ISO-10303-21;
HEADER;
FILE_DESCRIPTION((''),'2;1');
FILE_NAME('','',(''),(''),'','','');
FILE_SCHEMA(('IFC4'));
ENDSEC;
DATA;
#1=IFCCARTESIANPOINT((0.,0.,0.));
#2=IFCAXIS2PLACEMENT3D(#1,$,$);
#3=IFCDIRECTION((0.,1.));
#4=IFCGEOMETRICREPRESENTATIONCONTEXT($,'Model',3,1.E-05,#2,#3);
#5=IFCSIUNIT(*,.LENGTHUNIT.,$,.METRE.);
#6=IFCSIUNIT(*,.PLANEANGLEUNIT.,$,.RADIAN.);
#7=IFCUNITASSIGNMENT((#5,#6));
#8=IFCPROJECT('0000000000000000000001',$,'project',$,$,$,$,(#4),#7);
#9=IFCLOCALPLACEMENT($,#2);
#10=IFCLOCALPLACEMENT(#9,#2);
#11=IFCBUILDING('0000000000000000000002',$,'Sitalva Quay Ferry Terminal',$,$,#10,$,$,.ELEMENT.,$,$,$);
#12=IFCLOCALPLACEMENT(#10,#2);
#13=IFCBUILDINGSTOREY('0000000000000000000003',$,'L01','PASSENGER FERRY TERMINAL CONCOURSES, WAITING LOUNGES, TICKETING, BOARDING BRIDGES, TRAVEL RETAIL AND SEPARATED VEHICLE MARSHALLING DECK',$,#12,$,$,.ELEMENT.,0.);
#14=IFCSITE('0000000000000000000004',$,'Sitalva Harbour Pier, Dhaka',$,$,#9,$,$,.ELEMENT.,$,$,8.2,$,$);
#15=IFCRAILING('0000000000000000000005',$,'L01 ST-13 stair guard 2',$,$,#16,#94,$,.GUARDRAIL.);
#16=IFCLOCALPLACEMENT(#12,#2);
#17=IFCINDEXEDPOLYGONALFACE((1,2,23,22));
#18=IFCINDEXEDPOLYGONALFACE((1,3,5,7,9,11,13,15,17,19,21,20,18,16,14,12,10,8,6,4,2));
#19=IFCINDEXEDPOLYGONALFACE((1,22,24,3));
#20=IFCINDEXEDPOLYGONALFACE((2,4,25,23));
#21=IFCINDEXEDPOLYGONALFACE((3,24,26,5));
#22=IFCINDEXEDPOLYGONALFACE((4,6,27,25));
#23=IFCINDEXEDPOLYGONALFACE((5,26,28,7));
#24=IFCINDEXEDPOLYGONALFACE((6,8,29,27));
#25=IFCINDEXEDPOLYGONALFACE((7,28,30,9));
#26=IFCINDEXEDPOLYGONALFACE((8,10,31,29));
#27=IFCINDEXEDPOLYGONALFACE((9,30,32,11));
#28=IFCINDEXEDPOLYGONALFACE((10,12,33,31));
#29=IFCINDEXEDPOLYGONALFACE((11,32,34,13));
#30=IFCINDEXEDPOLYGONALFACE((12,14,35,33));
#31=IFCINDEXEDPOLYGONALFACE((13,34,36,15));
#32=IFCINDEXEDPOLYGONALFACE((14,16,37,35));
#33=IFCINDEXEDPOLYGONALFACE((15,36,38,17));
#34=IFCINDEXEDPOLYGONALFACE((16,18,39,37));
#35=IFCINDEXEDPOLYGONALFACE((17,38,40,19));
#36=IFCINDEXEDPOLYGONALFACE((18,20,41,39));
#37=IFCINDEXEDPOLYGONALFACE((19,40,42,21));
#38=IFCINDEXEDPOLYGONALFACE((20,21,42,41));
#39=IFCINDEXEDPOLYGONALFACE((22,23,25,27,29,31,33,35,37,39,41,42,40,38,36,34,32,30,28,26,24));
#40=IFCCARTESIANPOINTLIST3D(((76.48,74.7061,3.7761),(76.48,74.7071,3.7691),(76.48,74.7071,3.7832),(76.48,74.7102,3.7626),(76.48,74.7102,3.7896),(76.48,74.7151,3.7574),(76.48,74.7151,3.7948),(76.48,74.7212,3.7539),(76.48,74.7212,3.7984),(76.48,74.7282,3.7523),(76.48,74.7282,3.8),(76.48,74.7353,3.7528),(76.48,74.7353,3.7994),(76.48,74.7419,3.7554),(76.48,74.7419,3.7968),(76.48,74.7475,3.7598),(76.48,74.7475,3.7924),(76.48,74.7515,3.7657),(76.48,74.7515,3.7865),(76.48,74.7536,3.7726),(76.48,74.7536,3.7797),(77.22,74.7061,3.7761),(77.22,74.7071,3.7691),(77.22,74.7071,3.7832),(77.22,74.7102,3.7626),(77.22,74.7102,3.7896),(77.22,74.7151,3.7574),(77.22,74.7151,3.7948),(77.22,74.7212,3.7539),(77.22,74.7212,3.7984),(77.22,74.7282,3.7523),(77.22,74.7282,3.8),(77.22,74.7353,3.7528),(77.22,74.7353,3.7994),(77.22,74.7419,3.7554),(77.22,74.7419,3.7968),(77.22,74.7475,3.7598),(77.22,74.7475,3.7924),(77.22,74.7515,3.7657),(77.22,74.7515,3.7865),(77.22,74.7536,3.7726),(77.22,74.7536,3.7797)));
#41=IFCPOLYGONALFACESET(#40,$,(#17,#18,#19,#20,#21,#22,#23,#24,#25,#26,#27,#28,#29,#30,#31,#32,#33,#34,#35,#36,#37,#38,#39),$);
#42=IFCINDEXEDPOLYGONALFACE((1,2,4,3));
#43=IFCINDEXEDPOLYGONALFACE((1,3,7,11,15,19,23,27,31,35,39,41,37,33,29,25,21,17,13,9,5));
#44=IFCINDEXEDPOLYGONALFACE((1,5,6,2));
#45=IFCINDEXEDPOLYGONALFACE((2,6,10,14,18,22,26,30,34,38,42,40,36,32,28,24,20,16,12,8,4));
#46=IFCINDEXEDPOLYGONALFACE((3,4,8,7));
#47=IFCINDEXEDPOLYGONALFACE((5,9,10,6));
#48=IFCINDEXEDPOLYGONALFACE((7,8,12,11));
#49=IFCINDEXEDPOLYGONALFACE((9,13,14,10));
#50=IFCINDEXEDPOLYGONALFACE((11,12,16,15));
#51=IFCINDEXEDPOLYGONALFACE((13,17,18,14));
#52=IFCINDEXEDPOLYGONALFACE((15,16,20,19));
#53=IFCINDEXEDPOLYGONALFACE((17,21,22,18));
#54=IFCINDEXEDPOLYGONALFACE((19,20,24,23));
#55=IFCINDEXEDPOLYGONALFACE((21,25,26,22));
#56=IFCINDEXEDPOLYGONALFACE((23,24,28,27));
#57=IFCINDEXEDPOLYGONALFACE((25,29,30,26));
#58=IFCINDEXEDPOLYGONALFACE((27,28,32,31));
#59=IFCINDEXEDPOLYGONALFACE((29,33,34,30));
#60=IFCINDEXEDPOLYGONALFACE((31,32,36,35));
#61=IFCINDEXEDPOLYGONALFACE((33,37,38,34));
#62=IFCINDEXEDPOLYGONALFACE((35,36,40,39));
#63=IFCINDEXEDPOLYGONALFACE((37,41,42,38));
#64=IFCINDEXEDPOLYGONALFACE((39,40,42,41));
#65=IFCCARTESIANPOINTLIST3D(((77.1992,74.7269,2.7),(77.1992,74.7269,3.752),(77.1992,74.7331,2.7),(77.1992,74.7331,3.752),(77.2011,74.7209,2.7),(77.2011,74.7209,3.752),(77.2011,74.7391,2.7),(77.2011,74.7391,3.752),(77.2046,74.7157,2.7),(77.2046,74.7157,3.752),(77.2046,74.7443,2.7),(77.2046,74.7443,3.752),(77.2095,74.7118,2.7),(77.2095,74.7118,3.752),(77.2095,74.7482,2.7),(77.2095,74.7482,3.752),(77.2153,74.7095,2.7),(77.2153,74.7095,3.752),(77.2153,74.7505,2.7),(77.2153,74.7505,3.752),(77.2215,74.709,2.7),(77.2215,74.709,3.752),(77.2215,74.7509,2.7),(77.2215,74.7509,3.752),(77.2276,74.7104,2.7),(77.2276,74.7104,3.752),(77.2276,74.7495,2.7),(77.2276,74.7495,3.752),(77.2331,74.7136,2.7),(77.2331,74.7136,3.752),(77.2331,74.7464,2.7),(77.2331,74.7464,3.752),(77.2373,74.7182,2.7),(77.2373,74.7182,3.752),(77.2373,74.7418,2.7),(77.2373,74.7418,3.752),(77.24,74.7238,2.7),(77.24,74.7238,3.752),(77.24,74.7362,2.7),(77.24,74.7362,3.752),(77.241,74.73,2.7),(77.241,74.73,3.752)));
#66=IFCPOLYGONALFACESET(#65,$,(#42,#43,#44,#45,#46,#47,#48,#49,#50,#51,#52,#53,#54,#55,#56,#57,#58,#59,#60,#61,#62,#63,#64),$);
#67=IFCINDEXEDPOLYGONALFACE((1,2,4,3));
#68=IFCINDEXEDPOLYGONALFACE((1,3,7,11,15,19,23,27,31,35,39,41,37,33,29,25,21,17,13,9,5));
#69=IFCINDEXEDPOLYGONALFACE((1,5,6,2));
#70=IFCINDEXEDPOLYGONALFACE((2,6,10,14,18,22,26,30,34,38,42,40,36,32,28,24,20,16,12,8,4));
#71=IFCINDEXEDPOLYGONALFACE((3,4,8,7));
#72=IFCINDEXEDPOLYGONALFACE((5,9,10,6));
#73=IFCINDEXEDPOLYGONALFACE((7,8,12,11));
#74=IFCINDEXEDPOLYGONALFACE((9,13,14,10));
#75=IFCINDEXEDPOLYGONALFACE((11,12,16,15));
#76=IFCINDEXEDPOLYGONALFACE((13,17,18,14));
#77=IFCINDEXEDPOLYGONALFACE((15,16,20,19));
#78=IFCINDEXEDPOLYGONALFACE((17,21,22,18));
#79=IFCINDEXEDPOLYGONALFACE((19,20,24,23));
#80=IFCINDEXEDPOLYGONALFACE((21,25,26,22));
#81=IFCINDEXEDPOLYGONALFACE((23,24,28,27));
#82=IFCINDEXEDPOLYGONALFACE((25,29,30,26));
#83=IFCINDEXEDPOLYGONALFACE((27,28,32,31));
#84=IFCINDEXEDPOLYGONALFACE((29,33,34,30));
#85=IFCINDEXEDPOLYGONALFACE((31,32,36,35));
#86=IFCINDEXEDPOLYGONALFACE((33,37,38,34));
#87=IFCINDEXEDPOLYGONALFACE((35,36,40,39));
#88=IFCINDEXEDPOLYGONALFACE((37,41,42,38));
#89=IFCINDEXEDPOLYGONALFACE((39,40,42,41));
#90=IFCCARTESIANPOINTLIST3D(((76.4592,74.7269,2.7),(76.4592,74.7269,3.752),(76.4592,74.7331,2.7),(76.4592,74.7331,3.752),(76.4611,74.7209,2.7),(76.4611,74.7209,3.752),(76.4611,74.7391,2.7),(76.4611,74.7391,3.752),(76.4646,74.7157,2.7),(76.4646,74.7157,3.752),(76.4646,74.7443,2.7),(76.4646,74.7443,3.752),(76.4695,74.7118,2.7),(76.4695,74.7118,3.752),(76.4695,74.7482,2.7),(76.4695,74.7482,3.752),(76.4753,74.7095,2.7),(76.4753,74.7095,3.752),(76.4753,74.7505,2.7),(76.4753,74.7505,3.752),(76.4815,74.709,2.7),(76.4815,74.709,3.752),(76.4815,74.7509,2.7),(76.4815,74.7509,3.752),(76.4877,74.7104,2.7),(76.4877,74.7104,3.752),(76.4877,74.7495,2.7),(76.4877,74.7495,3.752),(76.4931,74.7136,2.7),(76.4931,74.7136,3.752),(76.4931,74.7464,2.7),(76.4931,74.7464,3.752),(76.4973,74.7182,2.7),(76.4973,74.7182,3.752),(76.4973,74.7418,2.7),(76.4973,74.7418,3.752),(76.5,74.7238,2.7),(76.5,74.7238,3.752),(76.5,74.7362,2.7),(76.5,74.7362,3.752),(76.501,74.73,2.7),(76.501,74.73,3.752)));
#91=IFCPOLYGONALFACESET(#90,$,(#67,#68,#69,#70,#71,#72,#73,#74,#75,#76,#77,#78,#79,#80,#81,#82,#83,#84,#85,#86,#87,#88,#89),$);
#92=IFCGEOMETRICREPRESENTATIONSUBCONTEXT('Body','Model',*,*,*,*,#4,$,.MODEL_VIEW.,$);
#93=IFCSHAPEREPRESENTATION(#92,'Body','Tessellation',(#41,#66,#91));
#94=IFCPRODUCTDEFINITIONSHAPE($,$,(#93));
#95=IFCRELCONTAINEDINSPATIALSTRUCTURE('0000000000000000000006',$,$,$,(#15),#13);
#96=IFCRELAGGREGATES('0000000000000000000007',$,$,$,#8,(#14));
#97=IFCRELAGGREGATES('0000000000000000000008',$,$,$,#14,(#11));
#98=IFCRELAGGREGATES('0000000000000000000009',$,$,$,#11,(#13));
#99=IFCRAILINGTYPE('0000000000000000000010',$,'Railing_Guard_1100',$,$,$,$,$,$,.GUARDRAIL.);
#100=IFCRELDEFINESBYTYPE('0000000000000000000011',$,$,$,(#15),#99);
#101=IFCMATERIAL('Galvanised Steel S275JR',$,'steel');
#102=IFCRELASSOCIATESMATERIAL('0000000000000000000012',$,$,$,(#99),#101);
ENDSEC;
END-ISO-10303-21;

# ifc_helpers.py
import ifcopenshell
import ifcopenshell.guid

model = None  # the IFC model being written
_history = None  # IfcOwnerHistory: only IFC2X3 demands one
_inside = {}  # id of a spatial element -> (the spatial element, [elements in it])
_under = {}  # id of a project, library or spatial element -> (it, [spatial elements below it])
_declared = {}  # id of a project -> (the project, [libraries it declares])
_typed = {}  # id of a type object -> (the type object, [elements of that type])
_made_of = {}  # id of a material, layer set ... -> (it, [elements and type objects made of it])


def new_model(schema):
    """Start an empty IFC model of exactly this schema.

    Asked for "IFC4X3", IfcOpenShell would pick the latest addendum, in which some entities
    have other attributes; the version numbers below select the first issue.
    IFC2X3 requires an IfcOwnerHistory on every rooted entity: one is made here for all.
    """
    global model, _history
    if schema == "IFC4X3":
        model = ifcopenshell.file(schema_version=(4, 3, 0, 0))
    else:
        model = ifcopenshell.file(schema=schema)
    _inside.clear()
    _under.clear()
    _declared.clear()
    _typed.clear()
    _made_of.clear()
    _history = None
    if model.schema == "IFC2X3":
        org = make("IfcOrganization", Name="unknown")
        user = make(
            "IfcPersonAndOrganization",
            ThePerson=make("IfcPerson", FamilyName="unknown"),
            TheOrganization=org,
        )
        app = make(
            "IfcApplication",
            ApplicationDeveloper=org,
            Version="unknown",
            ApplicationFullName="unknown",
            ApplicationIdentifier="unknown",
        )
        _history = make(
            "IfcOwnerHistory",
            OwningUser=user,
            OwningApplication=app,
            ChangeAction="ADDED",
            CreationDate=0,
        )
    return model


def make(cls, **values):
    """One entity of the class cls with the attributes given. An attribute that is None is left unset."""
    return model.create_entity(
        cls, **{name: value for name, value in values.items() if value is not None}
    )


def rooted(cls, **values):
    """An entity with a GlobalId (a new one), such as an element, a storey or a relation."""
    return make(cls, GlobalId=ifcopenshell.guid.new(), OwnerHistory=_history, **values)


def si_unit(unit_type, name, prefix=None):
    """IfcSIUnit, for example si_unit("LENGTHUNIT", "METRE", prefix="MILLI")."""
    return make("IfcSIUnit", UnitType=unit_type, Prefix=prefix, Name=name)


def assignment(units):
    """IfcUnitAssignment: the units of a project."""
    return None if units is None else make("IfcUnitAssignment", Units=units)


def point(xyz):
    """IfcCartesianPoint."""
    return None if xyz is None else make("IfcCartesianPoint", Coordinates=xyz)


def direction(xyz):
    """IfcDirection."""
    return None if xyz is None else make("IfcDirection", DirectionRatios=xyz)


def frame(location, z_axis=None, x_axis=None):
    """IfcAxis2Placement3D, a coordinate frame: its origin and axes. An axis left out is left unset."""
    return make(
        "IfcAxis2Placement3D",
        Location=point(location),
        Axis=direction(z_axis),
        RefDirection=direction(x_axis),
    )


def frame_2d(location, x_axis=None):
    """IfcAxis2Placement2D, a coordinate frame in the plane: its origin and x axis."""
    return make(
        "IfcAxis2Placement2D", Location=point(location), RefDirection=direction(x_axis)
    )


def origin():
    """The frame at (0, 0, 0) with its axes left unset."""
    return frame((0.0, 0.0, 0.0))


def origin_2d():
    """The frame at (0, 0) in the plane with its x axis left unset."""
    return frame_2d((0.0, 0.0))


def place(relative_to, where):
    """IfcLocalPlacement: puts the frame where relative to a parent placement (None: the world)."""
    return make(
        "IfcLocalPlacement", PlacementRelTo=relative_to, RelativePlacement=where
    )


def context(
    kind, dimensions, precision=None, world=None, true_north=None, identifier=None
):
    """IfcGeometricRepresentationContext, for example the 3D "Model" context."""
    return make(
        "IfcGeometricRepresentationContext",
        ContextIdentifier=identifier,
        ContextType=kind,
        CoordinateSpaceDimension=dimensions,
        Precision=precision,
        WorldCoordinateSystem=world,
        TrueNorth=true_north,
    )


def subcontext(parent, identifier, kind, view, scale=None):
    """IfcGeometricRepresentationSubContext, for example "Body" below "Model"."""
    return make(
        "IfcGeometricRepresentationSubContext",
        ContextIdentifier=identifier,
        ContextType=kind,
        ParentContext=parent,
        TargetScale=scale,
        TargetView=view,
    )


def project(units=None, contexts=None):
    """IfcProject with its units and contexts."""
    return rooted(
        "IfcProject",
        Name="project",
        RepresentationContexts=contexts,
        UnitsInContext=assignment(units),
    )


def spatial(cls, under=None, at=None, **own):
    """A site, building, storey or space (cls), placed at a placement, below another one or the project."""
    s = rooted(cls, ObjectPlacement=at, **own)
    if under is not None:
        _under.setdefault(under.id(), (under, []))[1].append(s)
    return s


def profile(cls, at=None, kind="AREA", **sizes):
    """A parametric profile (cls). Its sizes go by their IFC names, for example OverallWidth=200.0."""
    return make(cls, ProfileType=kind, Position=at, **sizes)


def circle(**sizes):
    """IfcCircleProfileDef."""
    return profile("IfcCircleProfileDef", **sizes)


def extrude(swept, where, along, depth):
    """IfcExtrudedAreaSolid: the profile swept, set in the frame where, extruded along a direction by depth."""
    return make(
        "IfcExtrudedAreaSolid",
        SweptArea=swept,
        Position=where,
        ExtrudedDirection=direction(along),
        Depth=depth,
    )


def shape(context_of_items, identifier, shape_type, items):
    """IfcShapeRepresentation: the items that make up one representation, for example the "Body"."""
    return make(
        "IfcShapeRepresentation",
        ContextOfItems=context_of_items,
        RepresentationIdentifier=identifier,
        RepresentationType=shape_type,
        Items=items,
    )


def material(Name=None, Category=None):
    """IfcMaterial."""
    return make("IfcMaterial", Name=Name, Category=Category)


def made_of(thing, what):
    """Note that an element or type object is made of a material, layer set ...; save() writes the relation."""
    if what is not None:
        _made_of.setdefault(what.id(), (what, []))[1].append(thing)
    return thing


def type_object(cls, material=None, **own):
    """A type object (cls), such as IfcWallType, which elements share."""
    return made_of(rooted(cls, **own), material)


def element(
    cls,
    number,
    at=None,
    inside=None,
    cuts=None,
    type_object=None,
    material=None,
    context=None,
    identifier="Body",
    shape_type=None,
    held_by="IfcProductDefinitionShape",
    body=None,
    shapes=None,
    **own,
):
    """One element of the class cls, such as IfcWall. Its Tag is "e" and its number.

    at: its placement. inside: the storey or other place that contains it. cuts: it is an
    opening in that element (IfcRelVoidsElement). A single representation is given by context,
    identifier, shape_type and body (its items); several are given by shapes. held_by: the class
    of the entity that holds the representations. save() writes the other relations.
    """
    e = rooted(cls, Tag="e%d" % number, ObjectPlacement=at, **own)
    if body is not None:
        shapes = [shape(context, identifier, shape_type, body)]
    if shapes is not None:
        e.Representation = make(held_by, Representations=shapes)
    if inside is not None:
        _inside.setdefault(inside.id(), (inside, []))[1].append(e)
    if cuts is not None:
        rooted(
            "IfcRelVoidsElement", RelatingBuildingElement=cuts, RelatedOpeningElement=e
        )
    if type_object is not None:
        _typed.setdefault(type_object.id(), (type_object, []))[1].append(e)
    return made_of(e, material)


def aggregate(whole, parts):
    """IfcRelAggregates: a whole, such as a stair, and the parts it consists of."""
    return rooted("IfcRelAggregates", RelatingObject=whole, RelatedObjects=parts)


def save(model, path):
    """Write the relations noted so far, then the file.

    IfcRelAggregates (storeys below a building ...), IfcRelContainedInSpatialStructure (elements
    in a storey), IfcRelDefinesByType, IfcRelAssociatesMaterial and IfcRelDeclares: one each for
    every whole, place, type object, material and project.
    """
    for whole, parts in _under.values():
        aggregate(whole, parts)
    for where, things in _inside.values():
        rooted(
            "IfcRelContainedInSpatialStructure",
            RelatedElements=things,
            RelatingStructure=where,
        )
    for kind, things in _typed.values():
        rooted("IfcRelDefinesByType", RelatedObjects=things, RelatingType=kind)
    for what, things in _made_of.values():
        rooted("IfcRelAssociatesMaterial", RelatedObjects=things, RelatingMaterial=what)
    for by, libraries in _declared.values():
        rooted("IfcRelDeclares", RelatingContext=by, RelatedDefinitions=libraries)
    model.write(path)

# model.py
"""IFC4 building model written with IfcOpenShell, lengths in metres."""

from ifc_helpers import new_model, si_unit, direction, frame, origin, origin_2d, place, context, subcontext, project, spatial, circle, extrude, material, type_object, element, save


model = new_model("IFC4")

# Units and contexts
model_context = context("Model", 3, precision=1e-05, world=origin(), true_north=direction((0.0, 1.0)))
body_context = subcontext(model_context, "Body", "Model", "MODEL_VIEW")
ifc_project = project(units=[si_unit("LENGTHUNIT", "METRE"), si_unit("PLANEANGLEUNIT", "RADIAN")], contexts=[model_context])

# Site, building, storey
site_placement = place(None, origin())
site = spatial("IfcSite", under=ifc_project, at=site_placement, Name="Sitalva Harbour Pier, Dhaka", CompositionType="ELEMENT", RefElevation=8.2)
building_placement = place(site_placement, origin())
building = spatial("IfcBuilding", under=site, at=building_placement, Name="Sitalva Quay Ferry Terminal", CompositionType="ELEMENT")
storey_placement = place(building_placement, origin())
storey = spatial("IfcBuildingStorey", under=building, at=storey_placement, Name="L01", Description="PASSENGER FERRY TERMINAL CONCOURSES, WAITING LOUNGES, TICKETING, BOARDING BRIDGES, TRAVEL RETAIL AND SEPARATED VEHICLE MARSHALLING DECK", CompositionType="ELEMENT", Elevation=0.0)

# Railing
ifc_material_1 = material(Name="Galvanised Steel S275JR", Category="steel")
railing_type_1 = type_object("IfcRailingType", Name="Railing_Guard_1100", PredefinedType="GUARDRAIL", material=ifc_material_1)
railing_1_placement = place(storey_placement, frame((77.22, 74.73, 2.7)))
element("IfcRailing", 1, at=railing_1_placement, inside=storey, type_object=railing_type_1, Name="L01 ST-13 stair guard 2", PredefinedType="GUARDRAIL", context=body_context, shape_type="SweptSolid", body=[
    extrude(circle(Radius=0.0239, at=origin_2d()), frame((0.0, 0.0, 1.0762), z_axis=(-1.0, 0.0, 0.0), x_axis=(0.0, -1.0, 0.0)), (0.0, 0.0, 1.0), 0.74),
    extrude(circle(Radius=0.021, at=origin_2d()), origin(), (0.0, 0.0, 1.0), 1.052),
    extrude(circle(Radius=0.021, at=origin_2d()), frame((-0.74, 0.0, 0.0)), (0.0, 0.0, 1.0), 1.052),
])

save(model, "model.ifc")
